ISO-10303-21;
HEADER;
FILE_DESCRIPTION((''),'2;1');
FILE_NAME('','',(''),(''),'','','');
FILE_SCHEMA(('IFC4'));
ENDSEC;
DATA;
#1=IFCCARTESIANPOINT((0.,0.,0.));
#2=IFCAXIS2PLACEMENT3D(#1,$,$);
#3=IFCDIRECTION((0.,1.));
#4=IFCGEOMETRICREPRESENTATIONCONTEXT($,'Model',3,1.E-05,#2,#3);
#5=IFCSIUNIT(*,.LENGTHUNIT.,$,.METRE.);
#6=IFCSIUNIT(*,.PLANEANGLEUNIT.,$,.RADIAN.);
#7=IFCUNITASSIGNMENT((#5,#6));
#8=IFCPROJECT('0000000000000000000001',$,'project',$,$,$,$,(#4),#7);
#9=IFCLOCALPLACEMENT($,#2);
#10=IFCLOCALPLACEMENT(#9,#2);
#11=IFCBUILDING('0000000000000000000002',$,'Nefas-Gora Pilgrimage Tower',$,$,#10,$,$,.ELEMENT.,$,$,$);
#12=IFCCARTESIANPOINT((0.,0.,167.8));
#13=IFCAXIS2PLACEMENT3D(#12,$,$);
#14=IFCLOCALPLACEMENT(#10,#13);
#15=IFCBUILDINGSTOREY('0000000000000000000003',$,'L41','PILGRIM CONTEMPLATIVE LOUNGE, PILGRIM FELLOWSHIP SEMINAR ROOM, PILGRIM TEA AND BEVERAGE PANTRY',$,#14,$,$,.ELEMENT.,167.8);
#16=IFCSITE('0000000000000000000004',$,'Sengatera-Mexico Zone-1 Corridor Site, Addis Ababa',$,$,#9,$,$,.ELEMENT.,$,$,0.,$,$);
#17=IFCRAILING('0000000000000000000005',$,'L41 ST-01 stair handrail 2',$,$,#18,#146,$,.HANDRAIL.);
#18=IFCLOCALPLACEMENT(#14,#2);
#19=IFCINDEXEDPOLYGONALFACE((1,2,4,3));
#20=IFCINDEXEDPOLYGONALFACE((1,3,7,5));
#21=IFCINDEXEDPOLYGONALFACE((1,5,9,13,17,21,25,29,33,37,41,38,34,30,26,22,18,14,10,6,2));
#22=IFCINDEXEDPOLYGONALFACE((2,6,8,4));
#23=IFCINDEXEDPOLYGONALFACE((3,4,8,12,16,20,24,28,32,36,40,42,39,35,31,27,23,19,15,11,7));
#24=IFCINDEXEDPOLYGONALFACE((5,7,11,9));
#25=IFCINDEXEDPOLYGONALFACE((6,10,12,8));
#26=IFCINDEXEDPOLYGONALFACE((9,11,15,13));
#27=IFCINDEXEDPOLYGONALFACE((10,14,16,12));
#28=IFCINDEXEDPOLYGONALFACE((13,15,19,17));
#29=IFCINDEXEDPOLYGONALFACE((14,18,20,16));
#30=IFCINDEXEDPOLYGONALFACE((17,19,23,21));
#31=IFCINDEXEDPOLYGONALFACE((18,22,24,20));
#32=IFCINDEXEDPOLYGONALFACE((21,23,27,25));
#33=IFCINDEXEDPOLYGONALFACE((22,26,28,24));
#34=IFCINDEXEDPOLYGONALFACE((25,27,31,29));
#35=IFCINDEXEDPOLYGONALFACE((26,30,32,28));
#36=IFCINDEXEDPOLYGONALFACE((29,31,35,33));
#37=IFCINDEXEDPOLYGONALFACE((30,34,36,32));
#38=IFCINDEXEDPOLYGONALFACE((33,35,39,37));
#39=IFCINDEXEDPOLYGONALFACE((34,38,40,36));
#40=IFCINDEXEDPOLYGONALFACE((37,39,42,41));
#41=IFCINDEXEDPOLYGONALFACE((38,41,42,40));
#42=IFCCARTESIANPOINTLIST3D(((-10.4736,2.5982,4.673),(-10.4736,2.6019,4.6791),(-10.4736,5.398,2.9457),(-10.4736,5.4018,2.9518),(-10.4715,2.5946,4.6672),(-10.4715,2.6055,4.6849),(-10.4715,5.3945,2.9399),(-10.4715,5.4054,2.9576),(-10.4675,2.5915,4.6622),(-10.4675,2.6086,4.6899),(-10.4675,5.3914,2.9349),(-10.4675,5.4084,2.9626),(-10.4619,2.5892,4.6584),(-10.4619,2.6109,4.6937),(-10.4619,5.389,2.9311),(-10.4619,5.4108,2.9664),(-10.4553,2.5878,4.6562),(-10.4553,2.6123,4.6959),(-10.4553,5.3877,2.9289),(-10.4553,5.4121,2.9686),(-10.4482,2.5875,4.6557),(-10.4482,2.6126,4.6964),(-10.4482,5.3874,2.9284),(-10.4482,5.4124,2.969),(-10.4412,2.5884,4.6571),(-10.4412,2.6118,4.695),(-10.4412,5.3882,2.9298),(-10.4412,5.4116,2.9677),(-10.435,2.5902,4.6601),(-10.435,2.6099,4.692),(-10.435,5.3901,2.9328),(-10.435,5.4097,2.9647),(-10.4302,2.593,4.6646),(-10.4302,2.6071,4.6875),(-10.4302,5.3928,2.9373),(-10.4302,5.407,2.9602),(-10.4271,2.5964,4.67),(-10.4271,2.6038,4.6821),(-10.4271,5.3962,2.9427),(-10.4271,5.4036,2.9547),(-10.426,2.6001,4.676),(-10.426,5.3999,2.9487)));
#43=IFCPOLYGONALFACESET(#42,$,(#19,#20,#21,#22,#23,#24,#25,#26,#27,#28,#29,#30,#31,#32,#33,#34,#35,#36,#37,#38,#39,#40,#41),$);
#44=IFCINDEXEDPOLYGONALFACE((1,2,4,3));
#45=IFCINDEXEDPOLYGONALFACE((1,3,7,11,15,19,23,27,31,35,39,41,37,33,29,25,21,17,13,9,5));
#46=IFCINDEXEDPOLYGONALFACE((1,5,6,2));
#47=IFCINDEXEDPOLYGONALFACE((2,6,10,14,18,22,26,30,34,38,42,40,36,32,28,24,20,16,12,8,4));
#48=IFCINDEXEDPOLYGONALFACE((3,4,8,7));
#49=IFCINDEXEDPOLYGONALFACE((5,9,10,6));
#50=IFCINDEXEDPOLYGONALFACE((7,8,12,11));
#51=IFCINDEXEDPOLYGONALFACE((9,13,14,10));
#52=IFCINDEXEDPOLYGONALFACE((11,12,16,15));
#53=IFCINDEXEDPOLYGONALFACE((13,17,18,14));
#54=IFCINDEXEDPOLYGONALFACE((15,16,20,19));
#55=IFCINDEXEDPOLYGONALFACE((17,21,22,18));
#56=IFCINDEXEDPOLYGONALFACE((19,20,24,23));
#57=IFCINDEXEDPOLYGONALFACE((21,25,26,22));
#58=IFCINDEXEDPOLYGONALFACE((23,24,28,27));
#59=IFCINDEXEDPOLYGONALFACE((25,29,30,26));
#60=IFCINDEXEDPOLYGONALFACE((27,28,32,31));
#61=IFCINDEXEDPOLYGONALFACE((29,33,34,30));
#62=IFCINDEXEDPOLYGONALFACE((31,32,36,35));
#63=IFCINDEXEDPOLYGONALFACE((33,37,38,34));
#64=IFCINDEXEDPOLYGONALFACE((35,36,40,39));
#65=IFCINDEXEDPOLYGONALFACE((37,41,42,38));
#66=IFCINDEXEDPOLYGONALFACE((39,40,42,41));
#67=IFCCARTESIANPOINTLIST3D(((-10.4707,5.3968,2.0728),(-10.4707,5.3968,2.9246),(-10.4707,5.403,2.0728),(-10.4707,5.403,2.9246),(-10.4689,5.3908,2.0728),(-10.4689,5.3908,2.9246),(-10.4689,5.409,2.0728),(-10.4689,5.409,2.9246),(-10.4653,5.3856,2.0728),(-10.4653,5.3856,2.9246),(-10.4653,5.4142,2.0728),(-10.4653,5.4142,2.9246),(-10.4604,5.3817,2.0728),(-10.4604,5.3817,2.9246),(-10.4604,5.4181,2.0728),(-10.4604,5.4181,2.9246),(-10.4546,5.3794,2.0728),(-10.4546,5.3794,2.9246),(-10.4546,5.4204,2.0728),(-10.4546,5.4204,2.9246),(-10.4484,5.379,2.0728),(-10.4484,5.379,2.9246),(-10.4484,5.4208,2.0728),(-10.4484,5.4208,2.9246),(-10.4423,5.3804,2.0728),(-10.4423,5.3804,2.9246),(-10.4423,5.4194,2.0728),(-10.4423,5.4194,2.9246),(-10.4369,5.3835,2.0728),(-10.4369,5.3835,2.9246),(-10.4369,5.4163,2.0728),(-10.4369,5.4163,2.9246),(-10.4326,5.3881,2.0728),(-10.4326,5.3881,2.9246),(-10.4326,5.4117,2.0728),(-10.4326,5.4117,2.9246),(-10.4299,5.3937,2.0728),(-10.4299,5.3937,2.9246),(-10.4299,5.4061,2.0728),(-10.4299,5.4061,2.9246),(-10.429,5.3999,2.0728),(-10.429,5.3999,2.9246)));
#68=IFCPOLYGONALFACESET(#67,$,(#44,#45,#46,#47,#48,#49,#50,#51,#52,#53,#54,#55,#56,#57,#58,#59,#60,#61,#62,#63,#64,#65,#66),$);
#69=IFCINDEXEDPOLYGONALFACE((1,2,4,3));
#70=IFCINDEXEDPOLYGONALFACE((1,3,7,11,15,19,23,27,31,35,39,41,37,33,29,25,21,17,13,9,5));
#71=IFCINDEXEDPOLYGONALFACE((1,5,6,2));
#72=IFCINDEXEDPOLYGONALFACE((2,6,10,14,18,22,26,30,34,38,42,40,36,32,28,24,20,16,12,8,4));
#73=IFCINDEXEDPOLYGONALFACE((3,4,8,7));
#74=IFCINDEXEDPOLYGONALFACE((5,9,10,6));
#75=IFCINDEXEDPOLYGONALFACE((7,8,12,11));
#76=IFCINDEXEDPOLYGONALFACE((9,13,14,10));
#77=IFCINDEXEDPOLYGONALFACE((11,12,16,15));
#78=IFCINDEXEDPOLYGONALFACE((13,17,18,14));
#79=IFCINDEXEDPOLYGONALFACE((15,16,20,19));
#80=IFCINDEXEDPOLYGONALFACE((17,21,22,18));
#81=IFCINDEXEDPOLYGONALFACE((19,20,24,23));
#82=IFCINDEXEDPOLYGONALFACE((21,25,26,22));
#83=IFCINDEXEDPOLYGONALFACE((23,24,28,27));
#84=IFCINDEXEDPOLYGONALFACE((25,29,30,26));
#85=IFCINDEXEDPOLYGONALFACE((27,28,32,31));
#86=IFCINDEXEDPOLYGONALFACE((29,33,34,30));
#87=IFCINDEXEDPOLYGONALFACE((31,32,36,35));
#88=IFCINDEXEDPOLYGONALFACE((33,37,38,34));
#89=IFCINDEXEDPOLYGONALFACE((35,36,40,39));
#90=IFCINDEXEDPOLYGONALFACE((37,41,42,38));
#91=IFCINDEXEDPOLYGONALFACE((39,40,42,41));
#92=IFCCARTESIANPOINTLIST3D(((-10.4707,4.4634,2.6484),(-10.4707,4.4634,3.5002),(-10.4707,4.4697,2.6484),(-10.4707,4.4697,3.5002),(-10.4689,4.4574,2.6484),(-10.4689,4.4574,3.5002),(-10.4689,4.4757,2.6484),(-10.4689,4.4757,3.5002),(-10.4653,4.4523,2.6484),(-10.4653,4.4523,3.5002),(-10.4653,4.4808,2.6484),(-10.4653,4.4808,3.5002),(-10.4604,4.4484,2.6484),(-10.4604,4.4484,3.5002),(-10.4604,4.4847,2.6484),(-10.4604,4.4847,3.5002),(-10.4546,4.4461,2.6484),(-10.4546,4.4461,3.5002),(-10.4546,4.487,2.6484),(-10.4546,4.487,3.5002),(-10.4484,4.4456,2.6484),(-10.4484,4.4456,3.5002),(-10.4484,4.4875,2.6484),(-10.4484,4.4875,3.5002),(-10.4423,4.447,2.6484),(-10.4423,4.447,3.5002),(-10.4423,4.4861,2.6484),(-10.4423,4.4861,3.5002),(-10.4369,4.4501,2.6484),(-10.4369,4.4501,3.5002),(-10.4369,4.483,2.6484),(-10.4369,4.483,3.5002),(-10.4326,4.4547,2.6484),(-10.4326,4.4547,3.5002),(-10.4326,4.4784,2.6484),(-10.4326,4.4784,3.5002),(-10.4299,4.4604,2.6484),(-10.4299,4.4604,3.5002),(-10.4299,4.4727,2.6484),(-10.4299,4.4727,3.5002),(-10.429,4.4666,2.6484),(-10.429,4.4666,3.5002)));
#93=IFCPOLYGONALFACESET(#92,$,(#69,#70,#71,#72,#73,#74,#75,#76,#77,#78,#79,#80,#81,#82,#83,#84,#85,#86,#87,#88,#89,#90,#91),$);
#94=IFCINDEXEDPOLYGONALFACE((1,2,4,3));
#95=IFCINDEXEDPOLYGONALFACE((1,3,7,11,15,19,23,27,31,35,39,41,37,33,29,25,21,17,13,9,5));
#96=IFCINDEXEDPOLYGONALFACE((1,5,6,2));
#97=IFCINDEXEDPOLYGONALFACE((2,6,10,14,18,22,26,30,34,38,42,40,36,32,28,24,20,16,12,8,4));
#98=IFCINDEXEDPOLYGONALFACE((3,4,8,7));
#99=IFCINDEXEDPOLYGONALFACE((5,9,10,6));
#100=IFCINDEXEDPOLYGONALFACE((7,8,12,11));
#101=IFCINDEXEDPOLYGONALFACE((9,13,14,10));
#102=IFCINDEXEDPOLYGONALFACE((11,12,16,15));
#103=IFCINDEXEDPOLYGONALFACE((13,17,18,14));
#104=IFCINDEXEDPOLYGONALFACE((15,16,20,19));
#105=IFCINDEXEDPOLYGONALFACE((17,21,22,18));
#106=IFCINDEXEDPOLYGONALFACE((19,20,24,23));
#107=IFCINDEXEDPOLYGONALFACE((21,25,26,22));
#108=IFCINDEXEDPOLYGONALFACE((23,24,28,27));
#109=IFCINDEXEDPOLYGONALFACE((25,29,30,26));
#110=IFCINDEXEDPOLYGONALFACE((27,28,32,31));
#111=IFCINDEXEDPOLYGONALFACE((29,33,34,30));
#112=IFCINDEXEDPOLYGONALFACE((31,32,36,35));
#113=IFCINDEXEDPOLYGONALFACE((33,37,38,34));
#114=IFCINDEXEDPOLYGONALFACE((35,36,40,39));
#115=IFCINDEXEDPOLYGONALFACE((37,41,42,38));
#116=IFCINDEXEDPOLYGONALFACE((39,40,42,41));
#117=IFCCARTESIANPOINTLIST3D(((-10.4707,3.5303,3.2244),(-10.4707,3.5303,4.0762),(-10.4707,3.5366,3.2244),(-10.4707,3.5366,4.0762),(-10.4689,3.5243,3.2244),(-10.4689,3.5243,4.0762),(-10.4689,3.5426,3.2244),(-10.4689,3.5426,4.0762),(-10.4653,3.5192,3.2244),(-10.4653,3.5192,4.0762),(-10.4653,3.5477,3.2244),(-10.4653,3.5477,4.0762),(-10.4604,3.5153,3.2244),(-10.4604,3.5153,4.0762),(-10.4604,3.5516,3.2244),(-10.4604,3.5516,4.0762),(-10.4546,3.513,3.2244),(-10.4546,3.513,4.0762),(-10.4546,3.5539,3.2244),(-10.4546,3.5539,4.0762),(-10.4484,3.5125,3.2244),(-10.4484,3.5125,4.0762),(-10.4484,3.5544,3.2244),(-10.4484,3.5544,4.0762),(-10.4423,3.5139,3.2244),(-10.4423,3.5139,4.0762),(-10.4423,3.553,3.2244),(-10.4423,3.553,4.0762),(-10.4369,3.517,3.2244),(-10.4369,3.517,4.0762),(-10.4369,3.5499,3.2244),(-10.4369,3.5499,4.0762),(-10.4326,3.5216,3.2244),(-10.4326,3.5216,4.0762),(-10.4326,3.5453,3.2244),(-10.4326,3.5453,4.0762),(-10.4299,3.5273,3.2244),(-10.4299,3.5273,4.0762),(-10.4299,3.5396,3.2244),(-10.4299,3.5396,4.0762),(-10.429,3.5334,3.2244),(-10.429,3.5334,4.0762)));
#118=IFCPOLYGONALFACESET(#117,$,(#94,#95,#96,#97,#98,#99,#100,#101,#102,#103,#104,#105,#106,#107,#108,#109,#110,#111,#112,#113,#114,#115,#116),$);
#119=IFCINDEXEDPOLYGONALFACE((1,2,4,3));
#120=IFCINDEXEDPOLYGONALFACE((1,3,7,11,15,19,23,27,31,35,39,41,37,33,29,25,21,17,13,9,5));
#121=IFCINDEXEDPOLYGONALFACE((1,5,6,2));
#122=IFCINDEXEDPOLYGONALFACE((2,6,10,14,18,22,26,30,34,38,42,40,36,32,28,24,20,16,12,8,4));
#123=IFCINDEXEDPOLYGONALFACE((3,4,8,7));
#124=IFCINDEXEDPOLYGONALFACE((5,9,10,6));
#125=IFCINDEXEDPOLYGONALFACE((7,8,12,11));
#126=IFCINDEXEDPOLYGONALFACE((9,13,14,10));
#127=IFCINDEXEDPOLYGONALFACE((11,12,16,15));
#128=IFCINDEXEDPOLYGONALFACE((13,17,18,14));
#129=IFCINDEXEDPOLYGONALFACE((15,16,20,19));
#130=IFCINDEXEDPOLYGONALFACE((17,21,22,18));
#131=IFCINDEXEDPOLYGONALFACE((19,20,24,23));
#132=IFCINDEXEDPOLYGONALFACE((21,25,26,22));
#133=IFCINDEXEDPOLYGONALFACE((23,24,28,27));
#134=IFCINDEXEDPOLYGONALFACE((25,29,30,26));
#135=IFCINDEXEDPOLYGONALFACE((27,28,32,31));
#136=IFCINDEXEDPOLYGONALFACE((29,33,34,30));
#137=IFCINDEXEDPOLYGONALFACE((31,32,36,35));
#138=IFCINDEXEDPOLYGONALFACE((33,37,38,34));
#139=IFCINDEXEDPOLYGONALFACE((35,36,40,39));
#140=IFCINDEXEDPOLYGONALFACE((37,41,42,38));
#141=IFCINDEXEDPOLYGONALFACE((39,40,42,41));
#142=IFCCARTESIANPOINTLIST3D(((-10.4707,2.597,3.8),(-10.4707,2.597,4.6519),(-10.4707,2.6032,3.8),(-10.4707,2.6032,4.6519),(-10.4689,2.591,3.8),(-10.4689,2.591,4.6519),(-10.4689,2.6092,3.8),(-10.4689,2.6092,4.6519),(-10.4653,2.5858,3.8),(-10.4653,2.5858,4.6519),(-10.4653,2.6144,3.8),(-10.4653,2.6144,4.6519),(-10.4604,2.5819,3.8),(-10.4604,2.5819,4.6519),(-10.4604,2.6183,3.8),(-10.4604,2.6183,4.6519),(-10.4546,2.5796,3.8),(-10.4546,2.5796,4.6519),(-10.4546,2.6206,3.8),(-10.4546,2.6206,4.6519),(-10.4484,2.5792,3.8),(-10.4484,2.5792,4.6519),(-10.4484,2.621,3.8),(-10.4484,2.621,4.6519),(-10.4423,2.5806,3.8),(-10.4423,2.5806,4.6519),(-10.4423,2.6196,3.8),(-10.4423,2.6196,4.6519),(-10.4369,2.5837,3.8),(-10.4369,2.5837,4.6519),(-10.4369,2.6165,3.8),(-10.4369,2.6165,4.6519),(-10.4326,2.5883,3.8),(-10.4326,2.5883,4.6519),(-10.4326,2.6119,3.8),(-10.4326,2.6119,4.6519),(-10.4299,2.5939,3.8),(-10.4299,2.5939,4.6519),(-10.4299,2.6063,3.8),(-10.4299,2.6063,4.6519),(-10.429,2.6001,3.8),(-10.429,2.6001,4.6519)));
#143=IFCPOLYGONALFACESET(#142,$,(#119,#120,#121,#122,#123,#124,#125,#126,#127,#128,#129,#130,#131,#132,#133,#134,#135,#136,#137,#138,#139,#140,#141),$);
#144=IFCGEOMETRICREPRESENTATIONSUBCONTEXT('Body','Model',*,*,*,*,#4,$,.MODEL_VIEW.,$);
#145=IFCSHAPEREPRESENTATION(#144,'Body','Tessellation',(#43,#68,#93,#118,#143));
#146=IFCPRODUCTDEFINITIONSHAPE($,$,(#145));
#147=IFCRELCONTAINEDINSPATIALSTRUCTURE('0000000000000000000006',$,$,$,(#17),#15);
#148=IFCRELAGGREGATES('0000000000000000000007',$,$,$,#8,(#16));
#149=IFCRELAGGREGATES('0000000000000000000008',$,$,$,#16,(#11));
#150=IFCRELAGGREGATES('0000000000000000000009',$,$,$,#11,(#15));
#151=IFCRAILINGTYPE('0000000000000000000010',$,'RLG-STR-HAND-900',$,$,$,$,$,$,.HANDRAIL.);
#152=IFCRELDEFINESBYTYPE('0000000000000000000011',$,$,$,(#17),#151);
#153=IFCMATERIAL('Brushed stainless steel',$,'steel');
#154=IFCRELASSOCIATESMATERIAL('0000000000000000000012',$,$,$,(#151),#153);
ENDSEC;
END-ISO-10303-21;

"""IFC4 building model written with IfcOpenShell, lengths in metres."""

from ifc_helpers import new_model, si_unit, direction, frame, origin, origin_2d, place, context, subcontext, project, spatial, circle, extrude, material, type_object, element, save


model = new_model("IFC4")

# Units and contexts
model_context = context("Model", 3, precision=1e-05, world=origin(), true_north=direction((0.0, 1.0)))
body_context = subcontext(model_context, "Body", "Model", "MODEL_VIEW")
ifc_project = project(units=[si_unit("LENGTHUNIT", "METRE"), si_unit("PLANEANGLEUNIT", "RADIAN")], contexts=[model_context])

# Site, building, storey
site_placement = place(None, origin())
site = spatial("IfcSite", under=ifc_project, at=site_placement, Name="Sengatera-Mexico Zone-1 Corridor Site, Addis Ababa", CompositionType="ELEMENT", RefElevation=0.0)
building_placement = place(site_placement, origin())
building = spatial("IfcBuilding", under=site, at=building_placement, Name="Nefas-Gora Pilgrimage Tower", CompositionType="ELEMENT")
storey_placement = place(building_placement, frame((0.0, 0.0, 167.8)))
storey = spatial("IfcBuildingStorey", under=building, at=storey_placement, Name="L41", Description="PILGRIM CONTEMPLATIVE LOUNGE, PILGRIM FELLOWSHIP SEMINAR ROOM, PILGRIM TEA AND BEVERAGE PANTRY", CompositionType="ELEMENT", Elevation=167.8)

# Railing
ifc_material_1 = material(Name="Brushed stainless steel", Category="steel")
railing_type_1 = type_object("IfcRailingType", Name="RLG-STR-HAND-900", PredefinedType="HANDRAIL", material=ifc_material_1)
railing_1_placement = place(storey_placement, frame((-10.45, 5.3999, 2.0728)))
element("IfcRailing", 1, at=railing_1_placement, inside=storey, type_object=railing_type_1, Name="L41 ST-01 stair handrail 2", PredefinedType="HANDRAIL", context=body_context, shape_type="SweptSolid", body=[
    extrude(circle(Radius=0.0239, at=origin_2d()), frame((0.0, 0.0, 0.876), z_axis=(0.0, -0.851069, 0.525054), x_axis=(1.0, 0.0, 0.0)), (0.0, 0.0, 1.0), 3.2898),
    extrude(circle(Radius=0.021, at=origin_2d()), origin(), (0.0, 0.0, 1.0), 0.8518),
    extrude(circle(Radius=0.021, at=origin_2d()), frame((0.0, -0.9333, 0.5757)), (0.0, 0.0, 1.0), 0.8518),
    extrude(circle(Radius=0.021, at=origin_2d()), frame((0.0, -1.8665, 1.1516)), (0.0, 0.0, 1.0), 0.8518),
    extrude(circle(Radius=0.021, at=origin_2d()), frame((0.0, -2.7998, 1.7273)), (0.0, 0.0, 1.0), 0.8518),
])

save(model, "model.ifc")
